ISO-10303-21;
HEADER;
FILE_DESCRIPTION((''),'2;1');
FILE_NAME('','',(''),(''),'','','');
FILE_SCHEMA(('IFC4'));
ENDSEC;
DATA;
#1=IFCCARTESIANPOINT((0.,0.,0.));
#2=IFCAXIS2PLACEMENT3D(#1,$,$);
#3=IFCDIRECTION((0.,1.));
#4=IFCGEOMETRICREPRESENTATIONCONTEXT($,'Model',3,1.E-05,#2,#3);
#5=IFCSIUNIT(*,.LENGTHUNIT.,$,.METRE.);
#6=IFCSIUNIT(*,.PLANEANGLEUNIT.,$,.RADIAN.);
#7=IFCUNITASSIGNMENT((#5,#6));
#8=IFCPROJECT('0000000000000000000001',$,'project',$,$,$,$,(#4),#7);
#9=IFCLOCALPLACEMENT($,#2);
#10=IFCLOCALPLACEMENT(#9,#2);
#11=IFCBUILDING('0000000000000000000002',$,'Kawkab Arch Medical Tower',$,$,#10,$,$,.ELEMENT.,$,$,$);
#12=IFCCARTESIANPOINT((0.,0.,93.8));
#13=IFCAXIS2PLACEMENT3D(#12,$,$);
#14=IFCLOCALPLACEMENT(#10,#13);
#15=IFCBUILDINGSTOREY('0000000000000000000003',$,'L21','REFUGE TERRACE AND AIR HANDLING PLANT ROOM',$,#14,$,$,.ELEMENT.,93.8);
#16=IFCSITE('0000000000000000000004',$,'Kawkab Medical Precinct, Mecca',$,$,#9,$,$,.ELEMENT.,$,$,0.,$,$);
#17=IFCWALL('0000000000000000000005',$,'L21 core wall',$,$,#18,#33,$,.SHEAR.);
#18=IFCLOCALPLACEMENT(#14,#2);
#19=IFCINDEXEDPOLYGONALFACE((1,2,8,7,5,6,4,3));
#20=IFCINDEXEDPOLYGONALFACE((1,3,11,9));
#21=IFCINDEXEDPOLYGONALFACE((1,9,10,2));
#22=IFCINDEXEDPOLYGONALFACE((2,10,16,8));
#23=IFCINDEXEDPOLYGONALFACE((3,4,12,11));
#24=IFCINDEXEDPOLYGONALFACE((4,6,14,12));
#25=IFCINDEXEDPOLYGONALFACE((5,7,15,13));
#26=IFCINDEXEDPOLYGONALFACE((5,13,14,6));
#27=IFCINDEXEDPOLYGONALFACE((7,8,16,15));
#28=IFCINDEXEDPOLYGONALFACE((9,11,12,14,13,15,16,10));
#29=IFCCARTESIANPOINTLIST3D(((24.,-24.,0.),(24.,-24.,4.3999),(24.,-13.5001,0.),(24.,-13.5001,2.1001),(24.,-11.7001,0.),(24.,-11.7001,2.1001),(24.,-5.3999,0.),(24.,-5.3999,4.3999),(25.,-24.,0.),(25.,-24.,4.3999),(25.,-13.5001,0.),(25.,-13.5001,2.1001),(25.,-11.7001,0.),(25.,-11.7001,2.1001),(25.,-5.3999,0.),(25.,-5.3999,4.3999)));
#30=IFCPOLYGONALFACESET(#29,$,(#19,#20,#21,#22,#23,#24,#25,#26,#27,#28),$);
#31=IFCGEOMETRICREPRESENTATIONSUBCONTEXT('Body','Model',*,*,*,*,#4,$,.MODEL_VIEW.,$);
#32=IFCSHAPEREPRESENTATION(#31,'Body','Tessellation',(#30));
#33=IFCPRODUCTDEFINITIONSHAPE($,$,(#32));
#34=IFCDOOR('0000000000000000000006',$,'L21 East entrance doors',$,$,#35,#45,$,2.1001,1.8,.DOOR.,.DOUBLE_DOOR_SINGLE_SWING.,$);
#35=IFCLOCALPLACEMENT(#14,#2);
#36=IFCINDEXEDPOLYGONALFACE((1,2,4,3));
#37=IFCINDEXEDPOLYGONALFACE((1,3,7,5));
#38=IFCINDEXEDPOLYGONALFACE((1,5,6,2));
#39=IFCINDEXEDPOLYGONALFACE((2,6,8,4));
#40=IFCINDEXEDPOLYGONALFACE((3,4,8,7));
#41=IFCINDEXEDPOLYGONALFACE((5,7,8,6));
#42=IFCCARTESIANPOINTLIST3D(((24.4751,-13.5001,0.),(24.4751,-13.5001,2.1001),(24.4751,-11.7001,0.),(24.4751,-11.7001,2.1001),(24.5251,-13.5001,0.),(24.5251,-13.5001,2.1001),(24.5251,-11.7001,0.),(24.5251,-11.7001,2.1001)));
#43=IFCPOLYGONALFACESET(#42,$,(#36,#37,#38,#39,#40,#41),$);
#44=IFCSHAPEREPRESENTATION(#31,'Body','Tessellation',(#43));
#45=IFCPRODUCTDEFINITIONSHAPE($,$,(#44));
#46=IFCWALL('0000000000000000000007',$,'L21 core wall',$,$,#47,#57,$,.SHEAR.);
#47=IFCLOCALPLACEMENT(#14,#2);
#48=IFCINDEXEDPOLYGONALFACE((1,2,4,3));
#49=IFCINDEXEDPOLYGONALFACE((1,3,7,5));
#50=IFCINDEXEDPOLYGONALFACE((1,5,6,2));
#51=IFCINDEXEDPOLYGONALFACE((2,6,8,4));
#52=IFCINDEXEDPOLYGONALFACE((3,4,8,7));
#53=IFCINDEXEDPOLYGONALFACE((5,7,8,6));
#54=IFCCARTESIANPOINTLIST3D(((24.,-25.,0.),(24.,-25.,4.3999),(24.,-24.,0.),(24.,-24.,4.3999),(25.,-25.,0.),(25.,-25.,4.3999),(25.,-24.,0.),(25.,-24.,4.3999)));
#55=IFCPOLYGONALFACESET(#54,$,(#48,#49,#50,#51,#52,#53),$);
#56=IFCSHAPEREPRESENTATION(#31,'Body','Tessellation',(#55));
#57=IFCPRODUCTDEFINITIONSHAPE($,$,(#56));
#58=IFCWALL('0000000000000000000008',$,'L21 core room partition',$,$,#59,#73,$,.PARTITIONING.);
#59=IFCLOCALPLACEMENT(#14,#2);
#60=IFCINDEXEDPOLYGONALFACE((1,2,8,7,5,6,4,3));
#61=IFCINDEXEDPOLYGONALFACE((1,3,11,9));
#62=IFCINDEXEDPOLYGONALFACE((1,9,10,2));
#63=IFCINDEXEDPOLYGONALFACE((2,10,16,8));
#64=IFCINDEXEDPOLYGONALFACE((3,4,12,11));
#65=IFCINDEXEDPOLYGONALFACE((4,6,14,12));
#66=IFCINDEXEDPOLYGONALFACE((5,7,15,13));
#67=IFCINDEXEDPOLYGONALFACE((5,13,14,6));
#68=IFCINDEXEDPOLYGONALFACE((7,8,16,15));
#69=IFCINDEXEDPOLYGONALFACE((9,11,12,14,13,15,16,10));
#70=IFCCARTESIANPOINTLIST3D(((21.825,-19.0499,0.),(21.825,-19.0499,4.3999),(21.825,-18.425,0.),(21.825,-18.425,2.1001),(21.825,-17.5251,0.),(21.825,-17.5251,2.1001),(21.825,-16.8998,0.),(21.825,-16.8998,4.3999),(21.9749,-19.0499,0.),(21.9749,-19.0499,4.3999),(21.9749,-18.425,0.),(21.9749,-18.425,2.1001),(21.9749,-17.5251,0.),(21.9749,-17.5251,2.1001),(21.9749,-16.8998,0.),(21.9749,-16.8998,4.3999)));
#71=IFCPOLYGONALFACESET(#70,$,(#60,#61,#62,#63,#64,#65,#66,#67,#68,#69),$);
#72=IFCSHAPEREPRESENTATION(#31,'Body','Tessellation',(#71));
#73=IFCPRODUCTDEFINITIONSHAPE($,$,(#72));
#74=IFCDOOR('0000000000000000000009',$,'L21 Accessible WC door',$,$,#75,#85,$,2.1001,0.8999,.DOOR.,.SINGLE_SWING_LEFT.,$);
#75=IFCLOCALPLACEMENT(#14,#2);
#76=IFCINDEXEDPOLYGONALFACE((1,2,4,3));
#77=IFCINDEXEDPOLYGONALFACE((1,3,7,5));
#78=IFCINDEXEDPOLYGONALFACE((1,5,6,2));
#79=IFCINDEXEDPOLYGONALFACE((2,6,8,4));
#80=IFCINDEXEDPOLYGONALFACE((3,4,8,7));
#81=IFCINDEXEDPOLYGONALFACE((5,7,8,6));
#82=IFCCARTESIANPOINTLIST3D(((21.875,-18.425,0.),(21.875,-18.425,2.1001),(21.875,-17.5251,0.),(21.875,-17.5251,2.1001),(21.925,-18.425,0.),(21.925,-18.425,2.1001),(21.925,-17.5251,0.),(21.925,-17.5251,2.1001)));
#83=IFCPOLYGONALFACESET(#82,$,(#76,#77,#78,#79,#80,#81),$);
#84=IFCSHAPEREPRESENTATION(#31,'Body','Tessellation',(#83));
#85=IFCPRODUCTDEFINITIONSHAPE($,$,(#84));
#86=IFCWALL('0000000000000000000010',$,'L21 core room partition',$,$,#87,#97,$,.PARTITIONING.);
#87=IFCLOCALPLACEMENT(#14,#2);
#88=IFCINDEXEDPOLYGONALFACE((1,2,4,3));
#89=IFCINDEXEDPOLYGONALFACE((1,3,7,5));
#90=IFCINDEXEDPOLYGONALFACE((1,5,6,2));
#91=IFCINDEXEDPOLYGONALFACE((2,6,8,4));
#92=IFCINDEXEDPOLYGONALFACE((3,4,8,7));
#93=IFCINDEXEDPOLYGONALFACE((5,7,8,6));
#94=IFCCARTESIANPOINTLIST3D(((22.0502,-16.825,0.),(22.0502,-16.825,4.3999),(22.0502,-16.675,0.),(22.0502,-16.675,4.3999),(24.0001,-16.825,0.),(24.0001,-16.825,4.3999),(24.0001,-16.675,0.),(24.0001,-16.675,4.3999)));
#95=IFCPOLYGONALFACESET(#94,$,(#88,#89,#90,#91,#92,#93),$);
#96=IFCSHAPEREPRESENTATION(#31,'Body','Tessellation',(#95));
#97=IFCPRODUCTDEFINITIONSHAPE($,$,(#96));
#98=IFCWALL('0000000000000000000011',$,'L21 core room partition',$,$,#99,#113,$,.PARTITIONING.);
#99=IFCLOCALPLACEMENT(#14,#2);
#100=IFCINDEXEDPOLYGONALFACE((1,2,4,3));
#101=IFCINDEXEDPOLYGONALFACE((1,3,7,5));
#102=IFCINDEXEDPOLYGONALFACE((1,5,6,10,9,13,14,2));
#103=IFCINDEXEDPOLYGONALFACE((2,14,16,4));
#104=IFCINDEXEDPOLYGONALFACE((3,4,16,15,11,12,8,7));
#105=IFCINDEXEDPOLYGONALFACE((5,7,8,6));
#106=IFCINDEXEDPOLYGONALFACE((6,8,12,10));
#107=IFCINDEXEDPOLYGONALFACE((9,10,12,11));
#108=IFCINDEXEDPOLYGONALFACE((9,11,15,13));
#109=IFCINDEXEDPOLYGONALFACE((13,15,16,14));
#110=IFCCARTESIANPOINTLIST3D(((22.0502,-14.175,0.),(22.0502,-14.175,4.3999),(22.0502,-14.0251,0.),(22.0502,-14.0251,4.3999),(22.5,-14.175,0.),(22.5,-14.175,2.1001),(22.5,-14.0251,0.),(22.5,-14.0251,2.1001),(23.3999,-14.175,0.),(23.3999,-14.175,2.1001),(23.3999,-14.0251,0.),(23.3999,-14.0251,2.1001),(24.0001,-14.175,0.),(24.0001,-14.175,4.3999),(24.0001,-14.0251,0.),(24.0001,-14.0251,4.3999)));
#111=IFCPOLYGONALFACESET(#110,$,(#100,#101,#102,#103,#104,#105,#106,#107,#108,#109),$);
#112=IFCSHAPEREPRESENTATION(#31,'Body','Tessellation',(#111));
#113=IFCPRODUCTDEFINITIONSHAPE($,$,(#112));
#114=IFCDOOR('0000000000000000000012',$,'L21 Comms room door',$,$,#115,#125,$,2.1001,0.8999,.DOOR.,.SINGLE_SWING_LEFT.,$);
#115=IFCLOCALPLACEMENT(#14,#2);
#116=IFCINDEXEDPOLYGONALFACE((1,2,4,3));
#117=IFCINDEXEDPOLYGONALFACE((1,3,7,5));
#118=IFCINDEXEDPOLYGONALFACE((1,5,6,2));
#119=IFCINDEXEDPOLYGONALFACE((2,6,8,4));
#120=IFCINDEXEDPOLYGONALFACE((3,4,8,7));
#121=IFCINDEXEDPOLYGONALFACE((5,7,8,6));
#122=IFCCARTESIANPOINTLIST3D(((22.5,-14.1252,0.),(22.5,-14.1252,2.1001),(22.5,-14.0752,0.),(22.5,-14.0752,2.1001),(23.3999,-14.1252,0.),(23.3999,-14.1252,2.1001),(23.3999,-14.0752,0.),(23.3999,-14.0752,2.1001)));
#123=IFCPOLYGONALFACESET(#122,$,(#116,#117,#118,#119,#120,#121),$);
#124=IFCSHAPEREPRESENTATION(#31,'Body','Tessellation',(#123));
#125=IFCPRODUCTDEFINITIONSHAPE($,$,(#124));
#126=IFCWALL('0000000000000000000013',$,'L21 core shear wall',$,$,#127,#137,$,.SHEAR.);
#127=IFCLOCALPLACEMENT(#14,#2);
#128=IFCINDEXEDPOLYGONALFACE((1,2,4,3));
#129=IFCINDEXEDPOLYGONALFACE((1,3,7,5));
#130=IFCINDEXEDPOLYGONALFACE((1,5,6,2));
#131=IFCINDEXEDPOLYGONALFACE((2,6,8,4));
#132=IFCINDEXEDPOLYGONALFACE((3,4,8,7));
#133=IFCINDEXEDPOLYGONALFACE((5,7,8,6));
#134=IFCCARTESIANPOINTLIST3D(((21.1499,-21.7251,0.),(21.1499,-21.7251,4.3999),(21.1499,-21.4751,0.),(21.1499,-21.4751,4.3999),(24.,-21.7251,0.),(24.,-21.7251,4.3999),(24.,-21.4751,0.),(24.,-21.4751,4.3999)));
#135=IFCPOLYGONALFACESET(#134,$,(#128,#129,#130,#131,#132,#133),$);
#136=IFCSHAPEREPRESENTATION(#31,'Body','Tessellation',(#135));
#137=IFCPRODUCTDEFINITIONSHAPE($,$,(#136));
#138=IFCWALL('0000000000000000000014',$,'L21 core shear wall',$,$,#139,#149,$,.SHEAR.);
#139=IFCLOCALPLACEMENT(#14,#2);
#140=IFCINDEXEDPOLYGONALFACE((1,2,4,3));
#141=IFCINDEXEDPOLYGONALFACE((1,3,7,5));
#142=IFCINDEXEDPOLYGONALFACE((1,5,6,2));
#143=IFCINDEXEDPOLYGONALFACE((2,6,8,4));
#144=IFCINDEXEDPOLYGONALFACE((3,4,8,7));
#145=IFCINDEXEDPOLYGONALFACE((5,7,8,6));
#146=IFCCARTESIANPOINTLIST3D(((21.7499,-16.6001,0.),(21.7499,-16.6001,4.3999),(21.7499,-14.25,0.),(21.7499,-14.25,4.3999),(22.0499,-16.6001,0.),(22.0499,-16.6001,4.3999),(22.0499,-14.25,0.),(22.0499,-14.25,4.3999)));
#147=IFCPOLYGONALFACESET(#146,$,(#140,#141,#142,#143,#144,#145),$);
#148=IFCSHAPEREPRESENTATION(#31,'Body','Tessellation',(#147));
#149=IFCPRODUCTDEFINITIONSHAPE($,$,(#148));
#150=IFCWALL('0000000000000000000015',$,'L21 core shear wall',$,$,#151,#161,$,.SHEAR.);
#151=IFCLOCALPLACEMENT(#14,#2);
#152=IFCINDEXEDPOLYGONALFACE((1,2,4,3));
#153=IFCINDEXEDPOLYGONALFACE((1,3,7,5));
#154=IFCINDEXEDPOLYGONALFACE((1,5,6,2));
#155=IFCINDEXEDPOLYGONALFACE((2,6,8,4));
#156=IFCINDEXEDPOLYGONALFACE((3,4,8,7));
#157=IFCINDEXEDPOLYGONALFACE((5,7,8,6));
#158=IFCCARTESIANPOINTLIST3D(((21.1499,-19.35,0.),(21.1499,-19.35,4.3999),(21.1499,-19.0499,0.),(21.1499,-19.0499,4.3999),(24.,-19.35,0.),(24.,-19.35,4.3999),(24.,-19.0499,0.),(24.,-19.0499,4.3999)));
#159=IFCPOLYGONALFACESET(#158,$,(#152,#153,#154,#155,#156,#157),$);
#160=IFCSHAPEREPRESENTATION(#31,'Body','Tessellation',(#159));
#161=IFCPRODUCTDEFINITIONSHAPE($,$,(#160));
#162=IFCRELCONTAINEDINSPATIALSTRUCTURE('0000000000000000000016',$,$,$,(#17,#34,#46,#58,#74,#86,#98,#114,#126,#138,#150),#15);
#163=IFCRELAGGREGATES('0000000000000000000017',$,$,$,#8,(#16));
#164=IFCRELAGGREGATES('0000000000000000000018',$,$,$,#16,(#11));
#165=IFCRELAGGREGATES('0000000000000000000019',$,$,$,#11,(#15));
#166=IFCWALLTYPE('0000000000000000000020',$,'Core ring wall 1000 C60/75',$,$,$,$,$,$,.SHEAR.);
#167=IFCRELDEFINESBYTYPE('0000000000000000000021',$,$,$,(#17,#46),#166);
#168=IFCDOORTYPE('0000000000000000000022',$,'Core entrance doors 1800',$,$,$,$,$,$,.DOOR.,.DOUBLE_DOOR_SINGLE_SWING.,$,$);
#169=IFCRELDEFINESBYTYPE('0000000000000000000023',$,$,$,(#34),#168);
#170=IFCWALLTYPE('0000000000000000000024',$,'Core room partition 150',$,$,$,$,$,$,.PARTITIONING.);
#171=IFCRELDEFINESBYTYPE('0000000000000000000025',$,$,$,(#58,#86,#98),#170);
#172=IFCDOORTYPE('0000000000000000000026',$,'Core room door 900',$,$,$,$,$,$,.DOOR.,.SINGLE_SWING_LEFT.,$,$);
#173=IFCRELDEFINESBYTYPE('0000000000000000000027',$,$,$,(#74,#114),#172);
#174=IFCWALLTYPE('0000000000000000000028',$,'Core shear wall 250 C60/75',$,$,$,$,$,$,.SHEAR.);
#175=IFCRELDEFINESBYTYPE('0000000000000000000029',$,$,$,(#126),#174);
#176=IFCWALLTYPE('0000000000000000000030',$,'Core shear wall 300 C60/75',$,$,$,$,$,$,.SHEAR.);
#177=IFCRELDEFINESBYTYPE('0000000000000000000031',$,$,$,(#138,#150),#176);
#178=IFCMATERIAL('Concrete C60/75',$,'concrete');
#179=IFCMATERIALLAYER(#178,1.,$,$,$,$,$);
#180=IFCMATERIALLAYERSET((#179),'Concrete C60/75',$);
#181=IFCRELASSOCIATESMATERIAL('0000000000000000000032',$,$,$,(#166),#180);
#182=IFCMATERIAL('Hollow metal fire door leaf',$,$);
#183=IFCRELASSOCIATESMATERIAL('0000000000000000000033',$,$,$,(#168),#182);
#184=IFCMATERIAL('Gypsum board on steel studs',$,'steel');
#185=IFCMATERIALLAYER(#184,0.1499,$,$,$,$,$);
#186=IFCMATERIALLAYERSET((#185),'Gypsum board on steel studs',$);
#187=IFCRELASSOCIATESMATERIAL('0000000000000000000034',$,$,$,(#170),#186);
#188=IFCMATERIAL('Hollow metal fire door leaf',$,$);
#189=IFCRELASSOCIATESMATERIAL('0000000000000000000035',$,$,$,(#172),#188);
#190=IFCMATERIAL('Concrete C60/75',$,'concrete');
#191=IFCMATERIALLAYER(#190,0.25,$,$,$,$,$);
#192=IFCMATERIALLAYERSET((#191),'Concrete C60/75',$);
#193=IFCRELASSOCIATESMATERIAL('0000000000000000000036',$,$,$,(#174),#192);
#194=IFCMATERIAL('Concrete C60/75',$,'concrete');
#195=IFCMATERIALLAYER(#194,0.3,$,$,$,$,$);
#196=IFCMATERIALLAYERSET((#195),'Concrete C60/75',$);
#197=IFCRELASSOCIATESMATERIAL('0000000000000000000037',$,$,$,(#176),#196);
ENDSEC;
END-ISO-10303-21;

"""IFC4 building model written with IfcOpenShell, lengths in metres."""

from ifc_helpers import new_model, si_unit, direction, frame, frame_2d, origin, place, context, subcontext, project, spatial, rectangle, extrude, material, layer, layer_set, type_object, element, fill, save


model = new_model("IFC4")

# Units and contexts
model_context = context("Model", 3, precision=1e-05, world=origin(), true_north=direction((0.0, 1.0)))
body_context = subcontext(model_context, "Body", "Model", "MODEL_VIEW")
ifc_project = project(units=[si_unit("LENGTHUNIT", "METRE"), si_unit("PLANEANGLEUNIT", "RADIAN")], contexts=[model_context])

# Site, building, storey
site_placement = place(None, origin())
site = spatial("IfcSite", under=ifc_project, at=site_placement, Name="Kawkab Medical Precinct, Mecca", CompositionType="ELEMENT", RefElevation=0.0)
building_placement = place(site_placement, origin())
building = spatial("IfcBuilding", under=site, at=building_placement, Name="Kawkab Arch Medical Tower", CompositionType="ELEMENT")
storey_placement = place(building_placement, frame((0.0, 0.0, 93.8)))
storey = spatial("IfcBuildingStorey", under=building, at=storey_placement, Name="L21", Description="REFUGE TERRACE AND AIR HANDLING PLANT ROOM", CompositionType="ELEMENT", Elevation=93.8)

# Wall, opening, door
ifc_material_1 = material(Name="Concrete C60/75", Category="concrete")
ifc_layer_1 = layer(ifc_material_1, 1.0)
ifc_layer_set_1 = layer_set([ifc_layer_1], Name="Concrete C60/75")
wall_type_1 = type_object("IfcWallType", Name="Core ring wall 1000 C60/75", PredefinedType="SHEAR", material=ifc_layer_set_1)
wall_1_placement = place(storey_placement, frame((24.5, -24.0, 0.0), z_axis=(0.0, 0.0, 1.0), x_axis=(0.0, 1.0, 0.0)))
wall_1 = element("IfcWall", 1, at=wall_1_placement, inside=storey, type_object=wall_type_1, Name="L21 core wall", PredefinedType="SHEAR", context=body_context, shape_type="SweptSolid", body=[
    extrude(rectangle(XDim=18.6001, YDim=1.0, at=frame_2d((9.3, 0.0))), origin(), (0.0, 0.0, 1.0), 4.3999),
])
opening_1_placement = place(wall_1_placement, frame((10.5, 0.0, 0.0)))
opening_1 = element("IfcOpeningElement", 2, at=opening_1_placement, cuts=wall_1, PredefinedType="OPENING", context=body_context, shape_type="SweptSolid", body=[
    extrude(rectangle(XDim=1.8, YDim=2.1001, at=frame_2d((0.8999, 1.05))), frame((0.0, 0.51, 0.0), z_axis=(0.0, -1.0, 0.0), x_axis=(1.0, 0.0, 0.0)), (0.0, 0.0, 1.0), 1.02),
])
ifc_material_2 = material(Name="Hollow metal fire door leaf")
door_type_1 = type_object("IfcDoorType", Name="Core entrance doors 1800", OperationType="DOUBLE_DOOR_SINGLE_SWING", PredefinedType="DOOR", material=ifc_material_2)
door_1_placement = place(opening_1_placement, origin())
door_1 = element("IfcDoor", 3, at=door_1_placement, inside=storey, type_object=door_type_1, Name="L21 East entrance doors", OperationType="DOUBLE_DOOR_SINGLE_SWING", OverallHeight=2.1001, OverallWidth=1.8, PredefinedType="DOOR", context=body_context, shape_type="SweptSolid", body=[
    extrude(rectangle(XDim=1.8, YDim=2.1001, at=frame_2d((0.8999, 1.05))), frame((0.0, 0.0249, 0.0), z_axis=(0.0, -1.0, 0.0), x_axis=(1.0, 0.0, 0.0)), (0.0, 0.0, 1.0), 0.05),
])
fill(opening_1, door_1)

# Wall
wall_2_placement = place(storey_placement, frame((24.5, -25.0, 0.0), z_axis=(0.0, 0.0, 1.0), x_axis=(0.0, 1.0, 0.0)))
element("IfcWall", 4, at=wall_2_placement, inside=storey, type_object=wall_type_1, Name="L21 core wall", PredefinedType="SHEAR", context=body_context, shape_type="SweptSolid", body=[
    extrude(rectangle(XDim=1.0, YDim=1.0, at=frame_2d((0.5, 0.0))), origin(), (0.0, 0.0, 1.0), 4.3999),
])

# Wall, opening, door
ifc_material_3 = material(Name="Gypsum board on steel studs", Category="steel")
ifc_layer_2 = layer(ifc_material_3, 0.1499)
ifc_layer_set_2 = layer_set([ifc_layer_2], Name="Gypsum board on steel studs")
wall_type_2 = type_object("IfcWallType", Name="Core room partition 150", PredefinedType="PARTITIONING", material=ifc_layer_set_2)
wall_3_placement = place(storey_placement, frame((21.8999, -19.05, 0.0), z_axis=(0.0, 0.0, 1.0), x_axis=(0.0, 1.0, 0.0)))
wall_3 = element("IfcWall", 5, at=wall_3_placement, inside=storey, type_object=wall_type_2, Name="L21 core room partition", PredefinedType="PARTITIONING", context=body_context, shape_type="SweptSolid", body=[
    extrude(rectangle(XDim=2.1501, YDim=0.1499, at=frame_2d((1.0752, 0.0))), origin(), (0.0, 0.0, 1.0), 4.3999),
])
opening_2_placement = place(wall_3_placement, frame((0.625, 0.0, 0.0)))
opening_2 = element("IfcOpeningElement", 6, at=opening_2_placement, cuts=wall_3, PredefinedType="OPENING", context=body_context, shape_type="SweptSolid", body=[
    extrude(rectangle(XDim=0.8999, YDim=2.1001, at=frame_2d((0.45, 1.05))), frame((0.0, 0.085, 0.0), z_axis=(0.0, -1.0, 0.0), x_axis=(1.0, 0.0, 0.0)), (0.0, 0.0, 1.0), 0.1699),
])
ifc_material_4 = material(Name="Hollow metal fire door leaf")
door_type_2 = type_object("IfcDoorType", Name="Core room door 900", OperationType="SINGLE_SWING_LEFT", PredefinedType="DOOR", material=ifc_material_4)
door_2_placement = place(opening_2_placement, origin())
door_2 = element("IfcDoor", 7, at=door_2_placement, inside=storey, type_object=door_type_2, Name="L21 Accessible WC door", OperationType="SINGLE_SWING_LEFT", OverallHeight=2.1001, OverallWidth=0.8999, PredefinedType="DOOR", context=body_context, shape_type="SweptSolid", body=[
    extrude(rectangle(XDim=0.8999, YDim=2.1001, at=frame_2d((0.45, 1.05))), frame((0.0, 0.0249, 0.0), z_axis=(0.0, -1.0, 0.0), x_axis=(1.0, 0.0, 0.0)), (0.0, 0.0, 1.0), 0.05),
])
fill(opening_2, door_2)

# Wall
wall_4_placement = place(storey_placement, frame((22.05, -16.75, 0.0), z_axis=(0.0, 0.0, 1.0), x_axis=(1.0, 0.0, 0.0)))
element("IfcWall", 8, at=wall_4_placement, inside=storey, type_object=wall_type_2, Name="L21 core room partition", PredefinedType="PARTITIONING", context=body_context, shape_type="SweptSolid", body=[
    extrude(rectangle(XDim=1.95, YDim=0.1499, at=frame_2d((0.9751, 0.0))), origin(), (0.0, 0.0, 1.0), 4.3999),
])

# Wall, opening, door
wall_5_placement = place(storey_placement, frame((22.05, -14.1001, 0.0), z_axis=(0.0, 0.0, 1.0), x_axis=(1.0, 0.0, 0.0)))
wall_5 = element("IfcWall", 9, at=wall_5_placement, inside=storey, type_object=wall_type_2, Name="L21 core room partition", PredefinedType="PARTITIONING", context=body_context, shape_type="SweptSolid", body=[
    extrude(rectangle(XDim=1.95, YDim=0.1499, at=frame_2d((0.9751, 0.0))), origin(), (0.0, 0.0, 1.0), 4.3999),
])
opening_3_placement = place(wall_5_placement, frame((0.45, 0.0, 0.0)))
opening_3 = element("IfcOpeningElement", 10, at=opening_3_placement, cuts=wall_5, PredefinedType="OPENING", context=body_context, shape_type="SweptSolid", body=[
    extrude(rectangle(XDim=0.8999, YDim=2.1001, at=frame_2d((0.45, 1.05))), frame((0.0, 0.085, 0.0), z_axis=(0.0, -1.0, 0.0), x_axis=(1.0, 0.0, 0.0)), (0.0, 0.0, 1.0), 0.1699),
])
door_3_placement = place(opening_3_placement, origin())
door_3 = element("IfcDoor", 11, at=door_3_placement, inside=storey, type_object=door_type_2, Name="L21 Comms room door", OperationType="SINGLE_SWING_LEFT", OverallHeight=2.1001, OverallWidth=0.8999, PredefinedType="DOOR", context=body_context, shape_type="SweptSolid", body=[
    extrude(rectangle(XDim=0.8999, YDim=2.1001, at=frame_2d((0.45, 1.05))), frame((0.0, 0.0249, 0.0), z_axis=(0.0, -1.0, 0.0), x_axis=(1.0, 0.0, 0.0)), (0.0, 0.0, 1.0), 0.05),
])
fill(opening_3, door_3)

# Walls
ifc_material_5 = material(Name="Concrete C60/75", Category="concrete")
ifc_layer_3 = layer(ifc_material_5, 0.25)
ifc_layer_set_3 = layer_set([ifc_layer_3], Name="Concrete C60/75")
wall_type_3 = type_object("IfcWallType", Name="Core shear wall 250 C60/75", PredefinedType="SHEAR", material=ifc_layer_set_3)
wall_6_placement = place(storey_placement, frame((21.1499, -21.6001, 0.0), z_axis=(0.0, 0.0, 1.0), x_axis=(1.0, 0.0, 0.0)))
element("IfcWall", 12, at=wall_6_placement, inside=storey, type_object=wall_type_3, Name="L21 core shear wall", PredefinedType="SHEAR", context=body_context, shape_type="SweptSolid", body=[
    extrude(rectangle(XDim=2.8501, YDim=0.25, at=frame_2d((1.425, 0.0))), origin(), (0.0, 0.0, 1.0), 4.3999),
])
ifc_material_6 = material(Name="Concrete C60/75", Category="concrete")
ifc_layer_4 = layer(ifc_material_6, 0.3)
ifc_layer_set_4 = layer_set([ifc_layer_4], Name="Concrete C60/75")
wall_type_4 = type_object("IfcWallType", Name="Core shear wall 300 C60/75", PredefinedType="SHEAR", material=ifc_layer_set_4)
wall_7_placement = place(storey_placement, frame((21.8999, -16.6001, 0.0), z_axis=(0.0, 0.0, 1.0), x_axis=(0.0, 1.0, 0.0)))
element("IfcWall", 13, at=wall_7_placement, inside=storey, type_object=wall_type_4, Name="L21 core shear wall", PredefinedType="SHEAR", context=body_context, shape_type="SweptSolid", body=[
    extrude(rectangle(XDim=2.3501, YDim=0.3, at=frame_2d((1.175, 0.0))), origin(), (0.0, 0.0, 1.0), 4.3999),
])
wall_8_placement = place(storey_placement, frame((21.1499, -19.2, 0.0), z_axis=(0.0, 0.0, 1.0), x_axis=(1.0, 0.0, 0.0)))
element("IfcWall", 14, at=wall_8_placement, inside=storey, type_object=wall_type_4, Name="L21 core shear wall", PredefinedType="SHEAR", context=body_context, shape_type="SweptSolid", body=[
    extrude(rectangle(XDim=2.8501, YDim=0.3, at=frame_2d((1.425, 0.0))), origin(), (0.0, 0.0, 1.0), 4.3999),
])

save(model, "model.ifc")
